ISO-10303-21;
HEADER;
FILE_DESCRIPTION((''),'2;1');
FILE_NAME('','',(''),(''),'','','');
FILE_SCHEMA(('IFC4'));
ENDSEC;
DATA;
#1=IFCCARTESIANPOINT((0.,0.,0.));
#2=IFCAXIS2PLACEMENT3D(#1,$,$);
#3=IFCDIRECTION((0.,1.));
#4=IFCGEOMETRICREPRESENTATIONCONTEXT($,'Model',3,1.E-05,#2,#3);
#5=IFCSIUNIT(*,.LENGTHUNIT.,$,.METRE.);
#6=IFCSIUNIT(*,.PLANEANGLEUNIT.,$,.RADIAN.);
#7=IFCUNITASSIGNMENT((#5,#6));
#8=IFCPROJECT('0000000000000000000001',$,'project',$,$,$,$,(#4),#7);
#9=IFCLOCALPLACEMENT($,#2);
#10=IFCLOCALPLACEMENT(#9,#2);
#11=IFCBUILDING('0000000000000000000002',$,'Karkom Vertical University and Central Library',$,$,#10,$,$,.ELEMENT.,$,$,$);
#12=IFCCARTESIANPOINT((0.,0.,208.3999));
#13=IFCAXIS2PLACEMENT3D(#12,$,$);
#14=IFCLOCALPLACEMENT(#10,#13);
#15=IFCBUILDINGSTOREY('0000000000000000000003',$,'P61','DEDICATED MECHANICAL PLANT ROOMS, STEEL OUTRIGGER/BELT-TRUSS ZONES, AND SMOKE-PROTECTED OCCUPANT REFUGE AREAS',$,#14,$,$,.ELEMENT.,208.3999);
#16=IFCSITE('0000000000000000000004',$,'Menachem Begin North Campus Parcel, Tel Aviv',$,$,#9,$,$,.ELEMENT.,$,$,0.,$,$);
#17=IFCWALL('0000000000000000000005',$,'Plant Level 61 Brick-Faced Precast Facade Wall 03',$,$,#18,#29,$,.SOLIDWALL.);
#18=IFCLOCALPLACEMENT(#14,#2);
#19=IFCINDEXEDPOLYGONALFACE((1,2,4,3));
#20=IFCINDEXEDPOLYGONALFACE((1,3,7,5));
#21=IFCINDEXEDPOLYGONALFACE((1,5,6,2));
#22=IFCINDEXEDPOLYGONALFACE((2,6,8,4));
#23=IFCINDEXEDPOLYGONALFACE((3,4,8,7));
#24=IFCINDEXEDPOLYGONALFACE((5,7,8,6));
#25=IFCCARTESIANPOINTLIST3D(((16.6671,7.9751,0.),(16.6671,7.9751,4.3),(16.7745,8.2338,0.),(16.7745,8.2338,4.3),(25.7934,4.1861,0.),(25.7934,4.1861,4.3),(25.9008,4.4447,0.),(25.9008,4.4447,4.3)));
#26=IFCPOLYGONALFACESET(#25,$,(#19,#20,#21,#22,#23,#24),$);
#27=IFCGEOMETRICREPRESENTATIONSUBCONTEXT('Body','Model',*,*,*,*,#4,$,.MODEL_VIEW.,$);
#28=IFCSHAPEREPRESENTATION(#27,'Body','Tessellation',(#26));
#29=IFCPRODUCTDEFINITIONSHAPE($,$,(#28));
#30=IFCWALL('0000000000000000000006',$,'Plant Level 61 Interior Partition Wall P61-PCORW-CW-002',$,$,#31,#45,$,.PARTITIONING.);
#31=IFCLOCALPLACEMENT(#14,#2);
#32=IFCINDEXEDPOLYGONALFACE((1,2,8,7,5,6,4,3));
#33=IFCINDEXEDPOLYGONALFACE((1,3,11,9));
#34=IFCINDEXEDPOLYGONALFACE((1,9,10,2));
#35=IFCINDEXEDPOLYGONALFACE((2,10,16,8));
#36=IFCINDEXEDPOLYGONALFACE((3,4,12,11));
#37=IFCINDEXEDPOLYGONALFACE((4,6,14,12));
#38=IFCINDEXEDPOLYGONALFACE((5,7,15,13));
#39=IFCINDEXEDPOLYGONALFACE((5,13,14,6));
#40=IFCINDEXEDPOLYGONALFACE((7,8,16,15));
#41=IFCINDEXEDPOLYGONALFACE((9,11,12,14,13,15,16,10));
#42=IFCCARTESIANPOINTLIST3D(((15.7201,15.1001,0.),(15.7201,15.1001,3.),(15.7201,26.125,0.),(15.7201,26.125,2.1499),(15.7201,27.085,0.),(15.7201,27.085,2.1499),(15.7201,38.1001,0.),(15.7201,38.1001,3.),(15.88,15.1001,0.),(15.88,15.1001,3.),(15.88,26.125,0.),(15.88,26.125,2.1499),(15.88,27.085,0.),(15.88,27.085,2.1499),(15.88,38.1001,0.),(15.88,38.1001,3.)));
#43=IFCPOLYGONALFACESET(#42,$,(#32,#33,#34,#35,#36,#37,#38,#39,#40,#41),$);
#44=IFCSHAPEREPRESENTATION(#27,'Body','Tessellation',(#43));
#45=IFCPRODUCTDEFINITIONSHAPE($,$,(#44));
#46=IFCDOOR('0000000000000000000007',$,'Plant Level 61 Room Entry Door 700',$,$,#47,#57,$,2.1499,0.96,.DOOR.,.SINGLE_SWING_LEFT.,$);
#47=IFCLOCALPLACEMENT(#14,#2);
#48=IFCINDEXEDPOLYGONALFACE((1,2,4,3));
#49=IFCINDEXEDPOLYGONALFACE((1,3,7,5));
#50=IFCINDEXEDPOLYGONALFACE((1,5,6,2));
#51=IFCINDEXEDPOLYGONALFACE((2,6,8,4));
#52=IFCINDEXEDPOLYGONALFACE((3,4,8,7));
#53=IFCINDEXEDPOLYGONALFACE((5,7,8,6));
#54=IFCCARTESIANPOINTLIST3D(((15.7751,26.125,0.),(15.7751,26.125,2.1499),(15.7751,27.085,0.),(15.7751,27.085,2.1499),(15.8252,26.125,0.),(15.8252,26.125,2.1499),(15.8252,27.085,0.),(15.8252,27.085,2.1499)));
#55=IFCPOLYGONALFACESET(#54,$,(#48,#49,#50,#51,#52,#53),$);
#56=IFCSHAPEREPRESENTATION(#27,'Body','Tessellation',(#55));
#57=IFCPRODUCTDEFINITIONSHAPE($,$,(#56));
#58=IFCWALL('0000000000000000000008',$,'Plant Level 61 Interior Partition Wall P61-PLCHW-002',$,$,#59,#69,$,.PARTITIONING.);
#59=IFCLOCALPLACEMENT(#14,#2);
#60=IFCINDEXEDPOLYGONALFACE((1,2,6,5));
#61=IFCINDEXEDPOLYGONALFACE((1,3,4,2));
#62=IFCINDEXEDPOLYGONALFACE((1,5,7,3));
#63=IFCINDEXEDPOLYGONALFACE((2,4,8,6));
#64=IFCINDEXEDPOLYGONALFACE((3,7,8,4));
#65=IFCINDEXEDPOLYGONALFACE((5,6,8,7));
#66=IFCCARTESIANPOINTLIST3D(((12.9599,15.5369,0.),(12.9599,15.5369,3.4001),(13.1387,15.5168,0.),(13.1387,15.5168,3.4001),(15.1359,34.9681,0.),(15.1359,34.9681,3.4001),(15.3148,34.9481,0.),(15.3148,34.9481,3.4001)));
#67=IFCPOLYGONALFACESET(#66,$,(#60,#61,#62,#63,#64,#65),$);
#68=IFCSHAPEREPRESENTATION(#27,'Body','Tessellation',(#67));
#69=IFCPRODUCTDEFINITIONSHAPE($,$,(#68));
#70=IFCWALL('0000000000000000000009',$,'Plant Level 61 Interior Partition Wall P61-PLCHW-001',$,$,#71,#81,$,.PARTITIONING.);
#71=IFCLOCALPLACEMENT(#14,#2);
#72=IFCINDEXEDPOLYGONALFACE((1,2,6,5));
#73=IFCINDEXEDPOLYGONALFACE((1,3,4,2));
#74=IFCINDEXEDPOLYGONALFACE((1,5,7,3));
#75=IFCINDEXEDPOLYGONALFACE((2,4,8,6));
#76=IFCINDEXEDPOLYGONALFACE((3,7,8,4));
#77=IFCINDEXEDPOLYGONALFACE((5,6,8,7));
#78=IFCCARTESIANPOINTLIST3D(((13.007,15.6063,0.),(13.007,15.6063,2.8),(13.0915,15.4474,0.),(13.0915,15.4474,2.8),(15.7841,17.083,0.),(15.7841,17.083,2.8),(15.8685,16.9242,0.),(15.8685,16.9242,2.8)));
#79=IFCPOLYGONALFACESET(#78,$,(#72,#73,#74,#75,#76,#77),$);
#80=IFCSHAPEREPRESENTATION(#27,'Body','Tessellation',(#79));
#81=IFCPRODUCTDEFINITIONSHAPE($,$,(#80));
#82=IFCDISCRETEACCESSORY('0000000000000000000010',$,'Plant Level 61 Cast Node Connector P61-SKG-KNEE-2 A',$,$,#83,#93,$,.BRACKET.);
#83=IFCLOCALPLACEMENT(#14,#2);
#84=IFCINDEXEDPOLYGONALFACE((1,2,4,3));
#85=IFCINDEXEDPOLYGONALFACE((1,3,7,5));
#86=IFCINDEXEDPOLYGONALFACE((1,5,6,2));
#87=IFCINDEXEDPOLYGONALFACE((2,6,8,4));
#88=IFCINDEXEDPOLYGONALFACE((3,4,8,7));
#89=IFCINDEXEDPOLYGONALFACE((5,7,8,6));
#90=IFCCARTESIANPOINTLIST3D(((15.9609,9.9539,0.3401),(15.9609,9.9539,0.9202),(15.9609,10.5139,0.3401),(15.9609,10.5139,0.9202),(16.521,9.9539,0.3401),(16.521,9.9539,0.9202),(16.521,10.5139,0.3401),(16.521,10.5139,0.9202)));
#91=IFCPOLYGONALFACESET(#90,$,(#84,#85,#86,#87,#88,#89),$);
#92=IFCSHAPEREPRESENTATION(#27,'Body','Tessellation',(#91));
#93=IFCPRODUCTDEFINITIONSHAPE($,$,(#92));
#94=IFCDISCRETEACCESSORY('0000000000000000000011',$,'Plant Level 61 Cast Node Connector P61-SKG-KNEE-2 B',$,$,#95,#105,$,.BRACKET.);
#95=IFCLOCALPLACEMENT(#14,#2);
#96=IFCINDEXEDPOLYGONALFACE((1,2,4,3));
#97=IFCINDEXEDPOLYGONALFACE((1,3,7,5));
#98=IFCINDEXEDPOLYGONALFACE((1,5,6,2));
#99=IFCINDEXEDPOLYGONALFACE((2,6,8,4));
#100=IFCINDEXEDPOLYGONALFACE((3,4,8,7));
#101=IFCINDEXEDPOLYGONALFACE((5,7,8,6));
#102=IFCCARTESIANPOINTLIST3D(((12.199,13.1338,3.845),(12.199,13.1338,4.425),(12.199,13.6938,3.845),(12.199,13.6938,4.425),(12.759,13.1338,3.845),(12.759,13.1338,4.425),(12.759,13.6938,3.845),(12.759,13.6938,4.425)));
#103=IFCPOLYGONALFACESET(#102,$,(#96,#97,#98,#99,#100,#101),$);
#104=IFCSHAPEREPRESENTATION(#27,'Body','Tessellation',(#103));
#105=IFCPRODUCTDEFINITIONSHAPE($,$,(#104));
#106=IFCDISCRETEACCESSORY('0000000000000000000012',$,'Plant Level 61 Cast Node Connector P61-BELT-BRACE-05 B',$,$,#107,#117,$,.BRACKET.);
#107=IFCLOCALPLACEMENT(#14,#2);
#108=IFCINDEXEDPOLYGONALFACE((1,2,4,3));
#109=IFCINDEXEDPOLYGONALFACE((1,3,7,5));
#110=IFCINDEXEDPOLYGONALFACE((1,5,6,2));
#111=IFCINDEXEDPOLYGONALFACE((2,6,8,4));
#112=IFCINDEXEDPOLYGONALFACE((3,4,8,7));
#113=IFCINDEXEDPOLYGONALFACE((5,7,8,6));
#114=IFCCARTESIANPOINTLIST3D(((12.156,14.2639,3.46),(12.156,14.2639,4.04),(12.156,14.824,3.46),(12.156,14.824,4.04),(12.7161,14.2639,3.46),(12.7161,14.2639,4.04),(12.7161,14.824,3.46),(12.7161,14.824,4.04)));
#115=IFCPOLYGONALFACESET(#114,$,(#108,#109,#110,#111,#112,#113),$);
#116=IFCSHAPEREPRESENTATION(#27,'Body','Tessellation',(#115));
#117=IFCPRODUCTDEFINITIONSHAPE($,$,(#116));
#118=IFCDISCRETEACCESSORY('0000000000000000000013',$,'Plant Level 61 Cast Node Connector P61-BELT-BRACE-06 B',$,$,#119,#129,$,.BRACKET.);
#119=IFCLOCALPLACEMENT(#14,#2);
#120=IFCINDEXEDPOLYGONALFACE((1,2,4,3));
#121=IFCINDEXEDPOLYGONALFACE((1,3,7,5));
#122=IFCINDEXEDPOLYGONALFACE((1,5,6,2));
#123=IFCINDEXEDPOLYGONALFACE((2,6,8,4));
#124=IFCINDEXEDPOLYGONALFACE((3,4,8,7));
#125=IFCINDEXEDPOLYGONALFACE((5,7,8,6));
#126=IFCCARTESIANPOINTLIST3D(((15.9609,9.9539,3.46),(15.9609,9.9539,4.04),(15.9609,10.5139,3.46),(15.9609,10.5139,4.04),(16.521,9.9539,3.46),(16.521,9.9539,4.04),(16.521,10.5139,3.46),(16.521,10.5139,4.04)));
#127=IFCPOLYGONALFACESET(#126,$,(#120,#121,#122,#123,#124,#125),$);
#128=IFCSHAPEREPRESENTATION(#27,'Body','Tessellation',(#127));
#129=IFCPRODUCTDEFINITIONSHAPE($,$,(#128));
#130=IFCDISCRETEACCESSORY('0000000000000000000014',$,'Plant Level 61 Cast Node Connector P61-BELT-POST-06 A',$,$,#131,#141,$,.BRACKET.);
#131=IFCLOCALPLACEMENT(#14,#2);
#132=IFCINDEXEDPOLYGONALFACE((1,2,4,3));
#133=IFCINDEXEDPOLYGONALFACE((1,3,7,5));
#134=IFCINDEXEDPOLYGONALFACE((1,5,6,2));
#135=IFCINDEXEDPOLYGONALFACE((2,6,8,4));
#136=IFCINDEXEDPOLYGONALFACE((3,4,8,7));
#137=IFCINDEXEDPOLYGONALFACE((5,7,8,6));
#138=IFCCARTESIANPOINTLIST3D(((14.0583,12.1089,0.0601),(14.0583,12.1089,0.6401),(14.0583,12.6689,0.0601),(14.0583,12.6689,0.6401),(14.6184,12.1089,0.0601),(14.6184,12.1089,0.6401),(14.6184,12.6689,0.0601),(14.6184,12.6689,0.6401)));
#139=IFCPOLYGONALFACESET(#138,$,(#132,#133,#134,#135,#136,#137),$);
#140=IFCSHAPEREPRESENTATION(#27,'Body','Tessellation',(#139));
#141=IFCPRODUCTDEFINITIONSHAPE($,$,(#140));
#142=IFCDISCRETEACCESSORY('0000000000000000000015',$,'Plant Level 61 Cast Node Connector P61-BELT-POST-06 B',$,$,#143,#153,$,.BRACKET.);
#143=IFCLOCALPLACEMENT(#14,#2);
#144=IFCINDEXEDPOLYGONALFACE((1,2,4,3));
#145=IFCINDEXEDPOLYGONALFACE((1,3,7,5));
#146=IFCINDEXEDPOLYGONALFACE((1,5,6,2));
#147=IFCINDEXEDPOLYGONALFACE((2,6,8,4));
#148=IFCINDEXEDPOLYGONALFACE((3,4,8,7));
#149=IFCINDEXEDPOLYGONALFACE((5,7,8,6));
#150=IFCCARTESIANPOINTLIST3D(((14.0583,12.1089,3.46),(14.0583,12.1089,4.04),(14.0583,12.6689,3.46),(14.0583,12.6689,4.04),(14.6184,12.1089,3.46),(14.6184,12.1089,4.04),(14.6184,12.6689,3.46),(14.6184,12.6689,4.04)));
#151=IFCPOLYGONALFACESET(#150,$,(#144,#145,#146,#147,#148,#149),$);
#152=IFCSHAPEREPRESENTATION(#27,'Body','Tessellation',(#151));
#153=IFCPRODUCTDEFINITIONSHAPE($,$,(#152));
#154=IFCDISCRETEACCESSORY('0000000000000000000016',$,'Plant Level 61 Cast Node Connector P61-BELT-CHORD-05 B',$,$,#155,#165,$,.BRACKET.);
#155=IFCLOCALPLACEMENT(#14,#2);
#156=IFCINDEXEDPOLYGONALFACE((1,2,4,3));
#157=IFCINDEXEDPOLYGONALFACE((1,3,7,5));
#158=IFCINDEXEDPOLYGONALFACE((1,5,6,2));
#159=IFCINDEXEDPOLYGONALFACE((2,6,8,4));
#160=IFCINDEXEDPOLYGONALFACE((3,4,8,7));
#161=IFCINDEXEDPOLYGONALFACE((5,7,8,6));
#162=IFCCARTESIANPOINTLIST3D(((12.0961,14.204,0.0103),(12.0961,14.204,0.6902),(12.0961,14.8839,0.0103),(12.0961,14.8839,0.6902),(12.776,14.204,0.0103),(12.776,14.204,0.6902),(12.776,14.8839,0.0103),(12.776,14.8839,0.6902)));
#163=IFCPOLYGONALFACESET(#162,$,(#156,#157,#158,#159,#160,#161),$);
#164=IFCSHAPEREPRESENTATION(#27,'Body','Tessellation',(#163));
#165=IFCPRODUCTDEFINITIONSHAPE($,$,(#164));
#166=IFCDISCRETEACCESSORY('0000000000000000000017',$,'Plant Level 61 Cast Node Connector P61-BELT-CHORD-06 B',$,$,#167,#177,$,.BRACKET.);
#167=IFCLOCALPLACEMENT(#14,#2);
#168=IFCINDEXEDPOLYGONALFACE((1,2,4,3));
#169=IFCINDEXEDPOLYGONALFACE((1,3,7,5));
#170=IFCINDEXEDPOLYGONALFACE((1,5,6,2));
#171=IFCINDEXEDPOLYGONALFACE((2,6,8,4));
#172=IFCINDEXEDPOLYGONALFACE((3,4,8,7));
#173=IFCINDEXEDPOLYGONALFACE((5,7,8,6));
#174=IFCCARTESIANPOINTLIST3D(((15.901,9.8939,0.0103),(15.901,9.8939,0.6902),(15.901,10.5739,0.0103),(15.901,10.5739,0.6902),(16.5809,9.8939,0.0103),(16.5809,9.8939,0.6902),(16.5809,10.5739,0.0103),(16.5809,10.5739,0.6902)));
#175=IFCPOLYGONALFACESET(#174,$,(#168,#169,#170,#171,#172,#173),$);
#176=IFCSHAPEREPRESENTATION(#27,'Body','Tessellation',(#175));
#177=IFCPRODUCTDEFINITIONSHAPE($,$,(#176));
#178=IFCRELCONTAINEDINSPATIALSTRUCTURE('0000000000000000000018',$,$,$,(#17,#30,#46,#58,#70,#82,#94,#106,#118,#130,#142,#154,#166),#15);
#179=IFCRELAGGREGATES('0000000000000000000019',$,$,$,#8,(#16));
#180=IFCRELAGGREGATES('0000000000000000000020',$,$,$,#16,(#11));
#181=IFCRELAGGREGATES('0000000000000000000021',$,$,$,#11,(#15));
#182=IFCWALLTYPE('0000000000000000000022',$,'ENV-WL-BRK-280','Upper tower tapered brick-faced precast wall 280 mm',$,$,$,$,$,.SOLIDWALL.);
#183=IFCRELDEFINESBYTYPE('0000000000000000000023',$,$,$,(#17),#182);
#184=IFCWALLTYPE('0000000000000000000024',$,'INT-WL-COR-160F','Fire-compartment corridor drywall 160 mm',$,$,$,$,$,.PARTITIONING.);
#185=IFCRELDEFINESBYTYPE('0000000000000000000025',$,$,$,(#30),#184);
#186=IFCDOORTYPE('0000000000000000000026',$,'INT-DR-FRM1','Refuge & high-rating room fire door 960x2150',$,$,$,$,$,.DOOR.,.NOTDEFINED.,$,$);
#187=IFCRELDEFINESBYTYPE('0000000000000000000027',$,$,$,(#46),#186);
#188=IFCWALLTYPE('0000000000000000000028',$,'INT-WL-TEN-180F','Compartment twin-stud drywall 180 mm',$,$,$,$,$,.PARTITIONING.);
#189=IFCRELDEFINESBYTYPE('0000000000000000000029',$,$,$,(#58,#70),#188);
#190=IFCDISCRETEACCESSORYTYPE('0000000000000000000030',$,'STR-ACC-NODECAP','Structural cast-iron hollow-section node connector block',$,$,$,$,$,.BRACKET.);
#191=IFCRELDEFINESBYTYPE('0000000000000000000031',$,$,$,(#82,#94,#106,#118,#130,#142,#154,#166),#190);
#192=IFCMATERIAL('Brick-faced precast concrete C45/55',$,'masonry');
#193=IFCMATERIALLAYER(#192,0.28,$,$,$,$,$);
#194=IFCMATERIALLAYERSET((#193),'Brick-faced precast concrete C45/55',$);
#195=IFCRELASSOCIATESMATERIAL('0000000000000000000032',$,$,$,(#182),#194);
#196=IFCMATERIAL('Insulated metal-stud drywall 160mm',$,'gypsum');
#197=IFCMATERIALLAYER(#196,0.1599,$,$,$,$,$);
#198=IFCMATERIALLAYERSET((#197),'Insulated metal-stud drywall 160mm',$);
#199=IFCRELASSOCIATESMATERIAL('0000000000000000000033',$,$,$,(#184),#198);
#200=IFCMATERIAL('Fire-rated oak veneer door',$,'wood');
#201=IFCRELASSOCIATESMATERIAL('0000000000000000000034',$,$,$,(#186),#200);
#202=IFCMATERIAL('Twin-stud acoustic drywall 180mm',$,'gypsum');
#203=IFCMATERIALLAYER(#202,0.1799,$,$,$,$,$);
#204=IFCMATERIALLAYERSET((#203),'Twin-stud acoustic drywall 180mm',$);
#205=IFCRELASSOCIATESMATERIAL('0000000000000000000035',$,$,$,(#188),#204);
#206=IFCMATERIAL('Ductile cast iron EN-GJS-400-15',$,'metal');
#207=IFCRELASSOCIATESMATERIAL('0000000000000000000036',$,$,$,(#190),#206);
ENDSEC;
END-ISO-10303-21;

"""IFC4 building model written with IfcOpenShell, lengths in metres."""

from ifc_helpers import new_model, si_unit, direction, frame, frame_2d, origin, origin_with_axes, origin_2d, place, context, subcontext, project, spatial, rectangle, extrude, source, transform, mapped, material, layer, layer_set, type_object, element, fill, save


model = new_model("IFC4")

# Units and contexts
model_context = context("Model", 3, precision=1e-05, world=origin(), true_north=direction((0.0, 1.0)))
body_context = subcontext(model_context, "Body", "Model", "MODEL_VIEW")
ifc_project = project(units=[si_unit("LENGTHUNIT", "METRE"), si_unit("PLANEANGLEUNIT", "RADIAN")], contexts=[model_context])

# Site, building, storey
site_placement = place(None, origin())
site = spatial("IfcSite", under=ifc_project, at=site_placement, Name="Menachem Begin North Campus Parcel, Tel Aviv", CompositionType="ELEMENT", RefElevation=0.0)
building_placement = place(site_placement, origin())
building = spatial("IfcBuilding", under=site, at=building_placement, Name="Karkom Vertical University and Central Library", CompositionType="ELEMENT")
storey_placement = place(building_placement, frame((0.0, 0.0, 208.3999)))
storey = spatial("IfcBuildingStorey", under=building, at=storey_placement, Name="P61", Description="DEDICATED MECHANICAL PLANT ROOMS, STEEL OUTRIGGER/BELT-TRUSS ZONES, AND SMOKE-PROTECTED OCCUPANT REFUGE AREAS", CompositionType="ELEMENT", Elevation=208.3999)

# Wall
ifc_material_1 = material(Name="Brick-faced precast concrete C45/55", Category="masonry")
ifc_layer_1 = layer(ifc_material_1, 0.28)
ifc_layer_set_1 = layer_set([ifc_layer_1], Name="Brick-faced precast concrete C45/55")
wall_type_1 = type_object("IfcWallType", Name="ENV-WL-BRK-280", Description="Upper tower tapered brick-faced precast wall 280 mm", PredefinedType="SOLIDWALL", material=ifc_layer_set_1)
wall_1_placement = place(storey_placement, frame((16.7207, 8.1045, 0.0), z_axis=(0.0, 0.0, 1.0), x_axis=(0.923562, -0.383448, 0.0)))
element("IfcWall", 1, at=wall_1_placement, inside=storey, type_object=wall_type_1, Name="Plant Level 61 Brick-Faced Precast Facade Wall 03", PredefinedType="SOLIDWALL", context=body_context, shape_type="SweptSolid", body=[
    extrude(rectangle(XDim=9.8816, YDim=0.28, at=frame_2d((4.9409, 0.0))), origin(), (0.0, 0.0, 1.0), 4.3),
])

# Wall, opening, door
ifc_material_2 = material(Name="Insulated metal-stud drywall 160mm", Category="gypsum")
ifc_layer_2 = layer(ifc_material_2, 0.1599)
ifc_layer_set_2 = layer_set([ifc_layer_2], Name="Insulated metal-stud drywall 160mm")
wall_type_2 = type_object("IfcWallType", Name="INT-WL-COR-160F", Description="Fire-compartment corridor drywall 160 mm", PredefinedType="PARTITIONING", material=ifc_layer_set_2)
wall_2_placement = place(storey_placement, frame((15.8, 15.1001, 0.0), z_axis=(0.0, 0.0, 1.0), x_axis=(0.0, 1.0, 0.0)))
wall_2 = element("IfcWall", 2, at=wall_2_placement, inside=storey, type_object=wall_type_2, Name="Plant Level 61 Interior Partition Wall P61-PCORW-CW-002", PredefinedType="PARTITIONING", context=body_context, shape_type="SweptSolid", body=[
    extrude(rectangle(XDim=23.0, YDim=0.1599, at=frame_2d((11.5, 0.0))), origin(), (0.0, 0.0, 1.0), 3.0),
])
opening_placement = place(wall_2_placement, frame((11.0249, 0.0, 0.0)))
opening = element("IfcOpeningElement", 3, at=opening_placement, cuts=wall_2, PredefinedType="OPENING", context=body_context, shape_type="SweptSolid", body=[
    extrude(rectangle(XDim=0.96, YDim=2.1499, at=frame_2d((0.48, 1.075))), frame((0.0, 0.0898, 0.0), z_axis=(0.0, -1.0, 0.0), x_axis=(1.0, 0.0, 0.0)), (0.0, 0.0, 1.0), 0.1799),
])
ifc_material_3 = material(Name="Fire-rated oak veneer door", Category="wood")
door_type = type_object("IfcDoorType", Name="INT-DR-FRM1", Description="Refuge & high-rating room fire door 960x2150", OperationType="NOTDEFINED", PredefinedType="DOOR", material=ifc_material_3)
shared_shape_1 = source(origin_with_axes(), body_context, "Body", "SweptSolid", [
    extrude(rectangle(XDim=0.96, YDim=2.1499, at=frame_2d((0.48, 1.075))), frame((0.0, 0.0249, 0.0), z_axis=(0.0, -1.0, 0.0), x_axis=(1.0, 0.0, 0.0)), (0.0, 0.0, 1.0), 0.05),
])
door_placement = place(opening_placement, origin())
door = element("IfcDoor", 4, at=door_placement, inside=storey, type_object=door_type, Name="Plant Level 61 Room Entry Door 700", OperationType="SINGLE_SWING_LEFT", OverallHeight=2.1499, OverallWidth=0.96, PredefinedType="DOOR", context=body_context, shape_type="MappedRepresentation", body=[
    mapped(shared_shape_1, transform((0.0, 0.0, 0.0), scale=1.0)),
])
fill(opening, door)

# Walls
ifc_material_4 = material(Name="Twin-stud acoustic drywall 180mm", Category="gypsum")
ifc_layer_3 = layer(ifc_material_4, 0.1799)
ifc_layer_set_3 = layer_set([ifc_layer_3], Name="Twin-stud acoustic drywall 180mm")
wall_type_3 = type_object("IfcWallType", Name="INT-WL-TEN-180F", Description="Compartment twin-stud drywall 180 mm", PredefinedType="PARTITIONING", material=ifc_layer_set_3)
wall_3_placement = place(storey_placement, frame((13.0493, 15.5269, 0.0), z_axis=(0.0, 0.0, 1.0), x_axis=(0.111291, 0.993788, 0.0)))
element("IfcWall", 5, at=wall_3_placement, inside=storey, type_object=wall_type_3, Name="Plant Level 61 Interior Partition Wall P61-PLCHW-002", PredefinedType="PARTITIONING", context=body_context, shape_type="SweptSolid", body=[
    extrude(rectangle(XDim=19.5527, YDim=0.1799, at=frame_2d((9.7764, 0.0))), origin(), (0.0, 0.0, 1.0), 3.4001),
])
wall_4_placement = place(storey_placement, frame((15.8264, 17.0037, 0.0), z_axis=(0.0, 0.0, 1.0), x_axis=(-0.882922, -0.46952, 0.0)))
element("IfcWall", 6, at=wall_4_placement, inside=storey, type_object=wall_type_3, Name="Plant Level 61 Interior Partition Wall P61-PLCHW-001", PredefinedType="PARTITIONING", context=body_context, shape_type="SweptSolid", body=[
    extrude(rectangle(XDim=3.1453, YDim=0.1799, at=frame_2d((1.5728, 0.0))), origin(), (0.0, 0.0, 1.0), 2.8),
])

# Discrete accessories
ifc_material_5 = material(Name="Ductile cast iron EN-GJS-400-15", Category="metal")
discrete_accessory_type = type_object("IfcDiscreteAccessoryType", Name="STR-ACC-NODECAP", Description="Structural cast-iron hollow-section node connector block", PredefinedType="BRACKET", material=ifc_material_5)
shared_shape_2 = source(origin_with_axes(), body_context, "Body", "SweptSolid", [
    extrude(rectangle(XDim=0.5601, YDim=0.5601, at=origin_2d()), origin(), (0.0, 0.0, 1.0), 0.5801),
])
for number, where, z_axis, x_axis, name in (
    (7, (16.241, 10.2339, 0.3401), (0.0, 0.0, 1.0), (1.0, 0.0, 0.0), "Plant Level 61 Cast Node Connector P61-SKG-KNEE-2 A"),
    (8, (12.479, 13.4138, 3.845), (0.0, 0.0, 1.0), (1.0, 0.0, 0.0), "Plant Level 61 Cast Node Connector P61-SKG-KNEE-2 B"),
    (9, (12.436, 14.5439, 3.46), (0.0, 0.0, 1.0), (1.0, 0.0, 0.0), "Plant Level 61 Cast Node Connector P61-BELT-BRACE-05 B"),
    (10, (16.241, 10.2339, 3.46), (0.0, 0.0, 1.0), (1.0, 0.0, 0.0), "Plant Level 61 Cast Node Connector P61-BELT-BRACE-06 B"),
    (11, (14.3384, 12.3889, 0.0601), (0.0, 0.0, 1.0), (1.0, 0.0, 0.0), "Plant Level 61 Cast Node Connector P61-BELT-POST-06 A"),
    (12, (14.3384, 12.3889, 3.46), (0.0, 0.0, 1.0), (1.0, 0.0, 0.0), "Plant Level 61 Cast Node Connector P61-BELT-POST-06 B"),
):
    element("IfcDiscreteAccessory", number, at=place(storey_placement, frame(where, z_axis=z_axis, x_axis=x_axis)), inside=storey, type_object=discrete_accessory_type, Name=name, PredefinedType="BRACKET", context=body_context, shape_type="MappedRepresentation", body=[
        mapped(shared_shape_2, transform((0.0, 0.0, 0.0), scale=1.0)),
    ])
shared_shape_3 = source(origin_with_axes(), body_context, "Body", "SweptSolid", [
    extrude(rectangle(XDim=0.6799, YDim=0.6799, at=origin_2d()), origin(), (0.0, 0.0, 1.0), 0.6799),
])
for number, where, z_axis, x_axis, name in (
    (13, (12.436, 14.5439, 0.0103), (0.0, 0.0, 1.0), (1.0, 0.0, 0.0), "Plant Level 61 Cast Node Connector P61-BELT-CHORD-05 B"),
    (14, (16.241, 10.2339, 0.0103), (0.0, 0.0, 1.0), (1.0, 0.0, 0.0), "Plant Level 61 Cast Node Connector P61-BELT-CHORD-06 B"),
):
    element("IfcDiscreteAccessory", number, at=place(storey_placement, frame(where, z_axis=z_axis, x_axis=x_axis)), inside=storey, type_object=discrete_accessory_type, Name=name, PredefinedType="BRACKET", context=body_context, shape_type="MappedRepresentation", body=[
        mapped(shared_shape_3, transform((0.0, 0.0, 0.0), scale=1.0)),
    ])

save(model, "model.ifc")
